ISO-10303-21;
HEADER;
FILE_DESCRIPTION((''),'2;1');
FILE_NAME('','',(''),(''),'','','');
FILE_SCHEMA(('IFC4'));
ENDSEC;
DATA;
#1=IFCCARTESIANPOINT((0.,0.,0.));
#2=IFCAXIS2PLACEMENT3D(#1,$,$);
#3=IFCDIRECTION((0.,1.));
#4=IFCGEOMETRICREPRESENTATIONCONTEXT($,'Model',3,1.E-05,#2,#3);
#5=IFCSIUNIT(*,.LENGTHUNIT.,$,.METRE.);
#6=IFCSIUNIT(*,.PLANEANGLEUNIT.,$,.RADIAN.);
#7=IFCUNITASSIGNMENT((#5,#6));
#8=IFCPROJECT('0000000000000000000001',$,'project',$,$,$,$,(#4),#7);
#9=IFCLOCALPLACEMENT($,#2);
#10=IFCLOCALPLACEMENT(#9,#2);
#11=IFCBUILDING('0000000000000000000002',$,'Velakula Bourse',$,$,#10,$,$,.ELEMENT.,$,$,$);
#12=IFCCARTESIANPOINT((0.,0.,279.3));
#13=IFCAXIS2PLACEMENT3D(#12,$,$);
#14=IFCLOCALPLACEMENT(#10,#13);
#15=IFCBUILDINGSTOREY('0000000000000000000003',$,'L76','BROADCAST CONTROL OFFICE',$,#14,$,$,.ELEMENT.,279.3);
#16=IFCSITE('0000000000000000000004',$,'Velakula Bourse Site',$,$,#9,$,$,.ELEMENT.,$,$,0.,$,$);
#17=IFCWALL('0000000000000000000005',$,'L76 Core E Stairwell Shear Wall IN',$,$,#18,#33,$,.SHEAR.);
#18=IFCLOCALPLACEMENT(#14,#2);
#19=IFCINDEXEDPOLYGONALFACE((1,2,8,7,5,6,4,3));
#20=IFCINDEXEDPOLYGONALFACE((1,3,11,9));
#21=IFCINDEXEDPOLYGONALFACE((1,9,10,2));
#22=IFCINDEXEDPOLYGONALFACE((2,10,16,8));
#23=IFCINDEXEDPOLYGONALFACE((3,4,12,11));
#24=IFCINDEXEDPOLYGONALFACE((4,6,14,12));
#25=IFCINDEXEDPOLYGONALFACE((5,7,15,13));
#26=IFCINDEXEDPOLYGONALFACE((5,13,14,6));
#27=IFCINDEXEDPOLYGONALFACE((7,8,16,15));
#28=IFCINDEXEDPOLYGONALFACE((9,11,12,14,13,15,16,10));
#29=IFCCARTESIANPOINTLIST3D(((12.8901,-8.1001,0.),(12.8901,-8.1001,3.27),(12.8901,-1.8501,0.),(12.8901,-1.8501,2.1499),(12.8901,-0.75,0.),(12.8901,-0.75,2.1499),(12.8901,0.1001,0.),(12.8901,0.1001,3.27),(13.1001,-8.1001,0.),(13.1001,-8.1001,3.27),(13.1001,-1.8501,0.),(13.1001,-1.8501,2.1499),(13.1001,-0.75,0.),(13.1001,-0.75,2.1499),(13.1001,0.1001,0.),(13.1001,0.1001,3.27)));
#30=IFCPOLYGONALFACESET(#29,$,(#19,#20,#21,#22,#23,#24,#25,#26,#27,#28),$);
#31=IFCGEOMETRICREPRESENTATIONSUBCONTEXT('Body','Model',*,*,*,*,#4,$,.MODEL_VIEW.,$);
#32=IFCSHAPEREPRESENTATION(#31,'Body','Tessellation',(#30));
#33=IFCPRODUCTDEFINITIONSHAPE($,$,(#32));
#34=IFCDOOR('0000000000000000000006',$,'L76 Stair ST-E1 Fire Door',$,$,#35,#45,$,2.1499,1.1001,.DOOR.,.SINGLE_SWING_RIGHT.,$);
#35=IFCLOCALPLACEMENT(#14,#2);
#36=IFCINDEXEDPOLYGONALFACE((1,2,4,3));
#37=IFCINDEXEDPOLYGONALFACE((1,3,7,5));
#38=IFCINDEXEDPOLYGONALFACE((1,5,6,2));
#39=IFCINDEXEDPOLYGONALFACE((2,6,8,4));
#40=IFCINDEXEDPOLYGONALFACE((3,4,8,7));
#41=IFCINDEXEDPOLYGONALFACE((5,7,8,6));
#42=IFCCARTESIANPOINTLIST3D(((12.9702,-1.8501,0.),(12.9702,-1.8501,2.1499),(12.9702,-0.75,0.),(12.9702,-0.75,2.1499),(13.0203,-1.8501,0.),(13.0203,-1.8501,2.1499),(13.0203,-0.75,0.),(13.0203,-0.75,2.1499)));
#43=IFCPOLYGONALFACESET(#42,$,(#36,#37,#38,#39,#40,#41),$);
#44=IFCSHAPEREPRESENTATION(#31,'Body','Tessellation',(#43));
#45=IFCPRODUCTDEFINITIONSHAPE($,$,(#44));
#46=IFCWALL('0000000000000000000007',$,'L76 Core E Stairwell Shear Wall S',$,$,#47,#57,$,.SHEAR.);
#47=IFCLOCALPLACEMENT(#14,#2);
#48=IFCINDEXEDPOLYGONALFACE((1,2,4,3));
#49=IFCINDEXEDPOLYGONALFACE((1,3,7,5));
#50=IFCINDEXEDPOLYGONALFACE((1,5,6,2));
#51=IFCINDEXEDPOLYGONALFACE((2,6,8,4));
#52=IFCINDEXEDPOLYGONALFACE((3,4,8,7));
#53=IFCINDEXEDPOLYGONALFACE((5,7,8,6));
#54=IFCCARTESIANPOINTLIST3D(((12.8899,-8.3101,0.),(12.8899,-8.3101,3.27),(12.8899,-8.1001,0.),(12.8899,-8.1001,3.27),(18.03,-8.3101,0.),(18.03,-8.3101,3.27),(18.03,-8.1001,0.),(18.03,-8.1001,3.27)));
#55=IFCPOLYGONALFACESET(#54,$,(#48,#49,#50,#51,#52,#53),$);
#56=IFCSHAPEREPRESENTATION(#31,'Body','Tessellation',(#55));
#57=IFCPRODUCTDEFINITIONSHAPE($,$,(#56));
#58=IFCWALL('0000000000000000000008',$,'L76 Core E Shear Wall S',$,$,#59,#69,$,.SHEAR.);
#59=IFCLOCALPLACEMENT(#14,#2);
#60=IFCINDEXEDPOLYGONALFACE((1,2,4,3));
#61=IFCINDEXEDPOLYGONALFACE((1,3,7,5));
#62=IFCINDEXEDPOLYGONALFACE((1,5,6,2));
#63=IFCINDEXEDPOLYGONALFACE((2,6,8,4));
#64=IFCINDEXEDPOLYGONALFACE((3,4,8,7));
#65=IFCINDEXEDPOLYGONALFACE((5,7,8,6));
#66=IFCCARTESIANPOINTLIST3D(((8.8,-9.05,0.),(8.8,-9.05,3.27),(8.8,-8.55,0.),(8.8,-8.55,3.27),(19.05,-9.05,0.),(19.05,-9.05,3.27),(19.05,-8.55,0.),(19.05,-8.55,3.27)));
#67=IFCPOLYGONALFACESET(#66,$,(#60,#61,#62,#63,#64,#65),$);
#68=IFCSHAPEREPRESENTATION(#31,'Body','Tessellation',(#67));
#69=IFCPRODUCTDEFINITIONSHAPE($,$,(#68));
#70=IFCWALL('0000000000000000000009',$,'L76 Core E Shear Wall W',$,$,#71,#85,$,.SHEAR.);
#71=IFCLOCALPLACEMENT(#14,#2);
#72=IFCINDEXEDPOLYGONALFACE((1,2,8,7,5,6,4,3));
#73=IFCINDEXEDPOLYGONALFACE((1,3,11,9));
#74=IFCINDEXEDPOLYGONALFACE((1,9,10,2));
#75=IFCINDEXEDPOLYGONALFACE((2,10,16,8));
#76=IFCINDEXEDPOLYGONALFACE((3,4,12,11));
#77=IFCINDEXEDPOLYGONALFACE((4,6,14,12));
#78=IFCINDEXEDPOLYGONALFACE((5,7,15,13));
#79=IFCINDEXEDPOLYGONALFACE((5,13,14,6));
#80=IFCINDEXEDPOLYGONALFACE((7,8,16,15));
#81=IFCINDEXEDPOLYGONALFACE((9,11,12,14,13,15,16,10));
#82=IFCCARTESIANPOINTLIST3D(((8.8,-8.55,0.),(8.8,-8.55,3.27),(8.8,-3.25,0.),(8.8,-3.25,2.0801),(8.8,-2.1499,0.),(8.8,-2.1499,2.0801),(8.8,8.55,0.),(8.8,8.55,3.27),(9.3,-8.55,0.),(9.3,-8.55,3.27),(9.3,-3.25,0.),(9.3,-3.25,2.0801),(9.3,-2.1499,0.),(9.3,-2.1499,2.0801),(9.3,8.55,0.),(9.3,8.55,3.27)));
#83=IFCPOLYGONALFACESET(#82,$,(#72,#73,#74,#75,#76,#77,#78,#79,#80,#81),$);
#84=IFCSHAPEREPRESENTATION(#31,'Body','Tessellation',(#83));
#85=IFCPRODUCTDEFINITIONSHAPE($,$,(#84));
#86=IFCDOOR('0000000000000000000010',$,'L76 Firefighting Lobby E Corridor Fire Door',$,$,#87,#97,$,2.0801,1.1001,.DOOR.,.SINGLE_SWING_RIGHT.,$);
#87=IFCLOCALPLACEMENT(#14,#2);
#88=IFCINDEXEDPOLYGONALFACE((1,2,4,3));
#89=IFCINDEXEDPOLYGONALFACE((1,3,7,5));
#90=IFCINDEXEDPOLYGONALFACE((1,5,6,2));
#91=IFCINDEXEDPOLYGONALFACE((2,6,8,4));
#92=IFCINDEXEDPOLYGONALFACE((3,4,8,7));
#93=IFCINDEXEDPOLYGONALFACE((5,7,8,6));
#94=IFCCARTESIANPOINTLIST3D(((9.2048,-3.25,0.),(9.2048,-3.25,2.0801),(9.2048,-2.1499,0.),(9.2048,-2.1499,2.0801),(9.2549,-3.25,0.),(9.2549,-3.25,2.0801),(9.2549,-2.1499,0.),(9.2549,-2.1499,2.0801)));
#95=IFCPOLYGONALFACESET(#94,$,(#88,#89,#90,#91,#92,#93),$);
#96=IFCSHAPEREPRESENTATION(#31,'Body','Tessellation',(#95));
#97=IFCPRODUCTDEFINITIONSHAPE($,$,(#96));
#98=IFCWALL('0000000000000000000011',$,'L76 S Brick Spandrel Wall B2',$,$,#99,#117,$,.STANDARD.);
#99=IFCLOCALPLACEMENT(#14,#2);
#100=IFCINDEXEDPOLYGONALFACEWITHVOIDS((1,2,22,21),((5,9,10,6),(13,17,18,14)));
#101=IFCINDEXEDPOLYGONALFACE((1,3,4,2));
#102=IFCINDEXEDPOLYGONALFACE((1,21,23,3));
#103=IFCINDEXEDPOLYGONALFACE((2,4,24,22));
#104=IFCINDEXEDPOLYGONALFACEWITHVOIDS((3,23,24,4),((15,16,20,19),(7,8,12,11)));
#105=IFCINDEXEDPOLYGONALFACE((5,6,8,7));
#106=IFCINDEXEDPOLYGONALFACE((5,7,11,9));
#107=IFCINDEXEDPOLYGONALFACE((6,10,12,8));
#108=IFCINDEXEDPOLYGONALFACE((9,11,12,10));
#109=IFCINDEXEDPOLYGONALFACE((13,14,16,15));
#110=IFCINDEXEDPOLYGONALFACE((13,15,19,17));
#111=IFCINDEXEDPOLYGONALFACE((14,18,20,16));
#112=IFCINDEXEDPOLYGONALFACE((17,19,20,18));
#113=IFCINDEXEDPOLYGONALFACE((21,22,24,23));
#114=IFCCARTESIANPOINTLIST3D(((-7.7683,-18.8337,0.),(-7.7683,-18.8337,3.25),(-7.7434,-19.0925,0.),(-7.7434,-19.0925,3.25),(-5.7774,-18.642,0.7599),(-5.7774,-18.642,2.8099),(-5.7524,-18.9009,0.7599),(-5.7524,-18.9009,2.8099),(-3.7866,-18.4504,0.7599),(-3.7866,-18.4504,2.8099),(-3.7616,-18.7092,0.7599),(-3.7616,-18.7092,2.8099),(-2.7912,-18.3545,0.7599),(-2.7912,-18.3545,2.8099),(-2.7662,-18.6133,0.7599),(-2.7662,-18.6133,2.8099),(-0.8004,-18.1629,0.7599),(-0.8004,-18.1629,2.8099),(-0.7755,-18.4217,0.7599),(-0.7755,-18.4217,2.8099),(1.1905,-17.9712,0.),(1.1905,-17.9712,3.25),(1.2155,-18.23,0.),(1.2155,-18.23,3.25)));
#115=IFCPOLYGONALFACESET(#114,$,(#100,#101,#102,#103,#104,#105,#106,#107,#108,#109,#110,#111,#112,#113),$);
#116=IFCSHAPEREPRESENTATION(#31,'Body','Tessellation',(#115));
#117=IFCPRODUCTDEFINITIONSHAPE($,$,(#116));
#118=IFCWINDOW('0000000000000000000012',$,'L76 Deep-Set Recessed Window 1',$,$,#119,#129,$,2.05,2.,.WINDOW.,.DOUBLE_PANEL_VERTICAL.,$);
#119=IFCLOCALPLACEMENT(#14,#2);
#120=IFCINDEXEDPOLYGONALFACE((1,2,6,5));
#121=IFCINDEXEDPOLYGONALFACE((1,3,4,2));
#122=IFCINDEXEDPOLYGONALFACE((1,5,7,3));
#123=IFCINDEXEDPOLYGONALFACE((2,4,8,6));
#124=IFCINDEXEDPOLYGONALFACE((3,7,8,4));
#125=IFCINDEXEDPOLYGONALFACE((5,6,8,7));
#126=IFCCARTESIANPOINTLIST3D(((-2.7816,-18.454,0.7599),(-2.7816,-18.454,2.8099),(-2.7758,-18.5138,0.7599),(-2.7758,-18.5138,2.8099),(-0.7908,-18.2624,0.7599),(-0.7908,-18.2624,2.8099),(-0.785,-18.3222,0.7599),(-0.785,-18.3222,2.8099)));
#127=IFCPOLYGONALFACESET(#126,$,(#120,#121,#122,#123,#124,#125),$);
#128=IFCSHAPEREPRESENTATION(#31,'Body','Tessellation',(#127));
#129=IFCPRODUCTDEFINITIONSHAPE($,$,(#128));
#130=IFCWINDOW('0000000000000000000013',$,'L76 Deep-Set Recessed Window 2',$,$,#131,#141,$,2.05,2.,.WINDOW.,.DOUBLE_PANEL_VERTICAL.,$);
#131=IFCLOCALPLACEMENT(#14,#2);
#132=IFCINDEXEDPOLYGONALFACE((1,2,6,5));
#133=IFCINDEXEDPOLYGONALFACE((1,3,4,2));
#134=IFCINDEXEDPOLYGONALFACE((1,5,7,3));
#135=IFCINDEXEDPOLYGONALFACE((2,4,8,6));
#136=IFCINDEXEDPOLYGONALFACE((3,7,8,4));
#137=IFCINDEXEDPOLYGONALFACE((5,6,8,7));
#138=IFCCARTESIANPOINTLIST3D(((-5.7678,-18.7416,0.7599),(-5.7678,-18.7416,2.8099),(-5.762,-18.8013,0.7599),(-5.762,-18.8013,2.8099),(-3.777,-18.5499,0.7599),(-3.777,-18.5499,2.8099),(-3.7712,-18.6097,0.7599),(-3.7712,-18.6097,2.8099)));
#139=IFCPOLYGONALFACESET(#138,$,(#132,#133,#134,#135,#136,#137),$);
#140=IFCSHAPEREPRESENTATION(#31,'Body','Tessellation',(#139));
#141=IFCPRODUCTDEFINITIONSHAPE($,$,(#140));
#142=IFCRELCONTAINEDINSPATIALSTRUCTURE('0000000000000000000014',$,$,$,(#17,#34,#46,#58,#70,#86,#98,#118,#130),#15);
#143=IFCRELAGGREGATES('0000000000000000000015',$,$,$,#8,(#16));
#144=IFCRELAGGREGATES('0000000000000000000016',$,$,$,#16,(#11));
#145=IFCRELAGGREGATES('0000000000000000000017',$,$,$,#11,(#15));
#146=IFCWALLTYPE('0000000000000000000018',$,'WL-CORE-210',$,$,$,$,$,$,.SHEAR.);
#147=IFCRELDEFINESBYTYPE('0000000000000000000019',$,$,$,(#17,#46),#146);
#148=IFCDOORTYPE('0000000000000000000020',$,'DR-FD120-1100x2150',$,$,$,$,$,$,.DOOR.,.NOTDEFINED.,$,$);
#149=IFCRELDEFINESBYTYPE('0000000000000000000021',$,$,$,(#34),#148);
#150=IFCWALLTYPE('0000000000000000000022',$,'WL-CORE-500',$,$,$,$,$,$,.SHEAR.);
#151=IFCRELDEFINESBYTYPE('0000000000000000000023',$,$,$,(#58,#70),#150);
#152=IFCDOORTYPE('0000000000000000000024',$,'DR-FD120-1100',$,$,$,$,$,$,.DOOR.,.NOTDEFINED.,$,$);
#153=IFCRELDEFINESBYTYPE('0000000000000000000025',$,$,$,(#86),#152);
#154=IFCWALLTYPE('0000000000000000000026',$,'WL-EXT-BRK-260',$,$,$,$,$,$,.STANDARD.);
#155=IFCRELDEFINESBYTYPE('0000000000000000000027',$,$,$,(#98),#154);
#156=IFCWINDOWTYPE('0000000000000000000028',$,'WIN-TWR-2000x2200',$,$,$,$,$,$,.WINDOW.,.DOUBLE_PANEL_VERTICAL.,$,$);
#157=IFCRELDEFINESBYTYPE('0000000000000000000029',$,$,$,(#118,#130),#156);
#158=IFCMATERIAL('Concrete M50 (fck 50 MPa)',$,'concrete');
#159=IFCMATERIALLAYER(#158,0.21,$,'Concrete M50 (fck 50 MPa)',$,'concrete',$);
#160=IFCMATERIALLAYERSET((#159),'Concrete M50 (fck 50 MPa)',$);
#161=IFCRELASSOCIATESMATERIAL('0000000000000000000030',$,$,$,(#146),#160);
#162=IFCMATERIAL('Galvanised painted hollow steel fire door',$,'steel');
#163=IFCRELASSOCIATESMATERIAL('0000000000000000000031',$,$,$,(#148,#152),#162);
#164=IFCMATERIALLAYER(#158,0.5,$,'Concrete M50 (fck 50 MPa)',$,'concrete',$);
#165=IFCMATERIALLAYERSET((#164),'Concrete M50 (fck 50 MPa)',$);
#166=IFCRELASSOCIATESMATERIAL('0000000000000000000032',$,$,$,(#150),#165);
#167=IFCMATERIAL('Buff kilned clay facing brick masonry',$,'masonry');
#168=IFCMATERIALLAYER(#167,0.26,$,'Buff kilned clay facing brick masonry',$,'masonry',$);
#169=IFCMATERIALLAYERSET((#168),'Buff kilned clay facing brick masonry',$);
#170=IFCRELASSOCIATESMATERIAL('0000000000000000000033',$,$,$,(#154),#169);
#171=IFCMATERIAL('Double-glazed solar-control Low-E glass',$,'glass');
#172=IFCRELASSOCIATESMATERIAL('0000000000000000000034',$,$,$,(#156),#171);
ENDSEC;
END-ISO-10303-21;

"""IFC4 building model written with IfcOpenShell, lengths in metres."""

from ifc_helpers import new_model, si_unit, direction, frame, frame_2d, origin, place, context, subcontext, project, spatial, rectangle, extrude, material, layer, layer_set, type_object, element, fill, save


model = new_model("IFC4")

# Units and contexts
model_context = context("Model", 3, precision=1e-05, world=origin(), true_north=direction((0.0, 1.0)))
body_context = subcontext(model_context, "Body", "Model", "MODEL_VIEW")
ifc_project = project(units=[si_unit("LENGTHUNIT", "METRE"), si_unit("PLANEANGLEUNIT", "RADIAN")], contexts=[model_context])

# Site, building, storey
site_placement = place(None, origin())
site = spatial("IfcSite", under=ifc_project, at=site_placement, Name="Velakula Bourse Site", CompositionType="ELEMENT", RefElevation=0.0)
building_placement = place(site_placement, origin())
building = spatial("IfcBuilding", under=site, at=building_placement, Name="Velakula Bourse", CompositionType="ELEMENT")
storey_placement = place(building_placement, frame((0.0, 0.0, 279.3)))
storey = spatial("IfcBuildingStorey", under=building, at=storey_placement, Name="L76", Description="BROADCAST CONTROL OFFICE", CompositionType="ELEMENT", Elevation=279.3)

# Shared definitions
ifc_material_1 = material(Name="Concrete M50 (fck 50 MPa)", Category="concrete")

# Wall, opening, door
ifc_layer_1 = layer(ifc_material_1, 0.21, Name="Concrete M50 (fck 50 MPa)", Category="concrete")
ifc_layer_set_1 = layer_set([ifc_layer_1], Name="Concrete M50 (fck 50 MPa)")
wall_type_1 = type_object("IfcWallType", Name="WL-CORE-210", PredefinedType="SHEAR", material=ifc_layer_set_1)
wall_1_placement = place(storey_placement, frame((12.9951, -8.1001, 0.0), z_axis=(0.0, 0.0, 1.0), x_axis=(0.0, 1.0, 0.0)))
wall_1 = element("IfcWall", 1, at=wall_1_placement, inside=storey, type_object=wall_type_1, Name="L76 Core E Stairwell Shear Wall IN", PredefinedType="SHEAR", context=body_context, shape_type="SweptSolid", body=[
    extrude(rectangle(XDim=8.2002, YDim=0.21, at=frame_2d((4.1001, 0.0))), origin(), (0.0, 0.0, 1.0), 3.27),
])
opening_1_placement = place(wall_1_placement, frame((6.25, 0.0, 0.0)))
opening_1 = element("IfcOpeningElement", 2, at=opening_1_placement, cuts=wall_1, PredefinedType="OPENING", context=body_context, shape_type="SweptSolid", body=[
    extrude(rectangle(XDim=1.1001, YDim=2.1499, at=frame_2d((0.55, 1.075))), frame((0.0, 0.115, 0.0), z_axis=(0.0, -1.0, 0.0), x_axis=(1.0, 0.0, 0.0)), (0.0, 0.0, 1.0), 0.23),
])
ifc_material_2 = material(Name="Galvanised painted hollow steel fire door", Category="steel")
door_type_1 = type_object("IfcDoorType", Name="DR-FD120-1100x2150", OperationType="NOTDEFINED", PredefinedType="DOOR", material=ifc_material_2)
door_1_placement = place(opening_1_placement, origin())
door_1 = element("IfcDoor", 3, at=door_1_placement, inside=storey, type_object=door_type_1, Name="L76 Stair ST-E1 Fire Door", OperationType="SINGLE_SWING_RIGHT", OverallHeight=2.1499, OverallWidth=1.1001, PredefinedType="DOOR", context=body_context, shape_type="SweptSolid", body=[
    extrude(rectangle(XDim=1.1001, YDim=2.1499, at=frame_2d((0.55, 1.075))), frame((0.0, 0.0249, 0.0), z_axis=(0.0, -1.0, 0.0), x_axis=(1.0, 0.0, 0.0)), (0.0, 0.0, 1.0), 0.05),
])
fill(opening_1, door_1)

# Walls
wall_2_placement = place(storey_placement, frame((12.8899, -8.2051, 0.0), z_axis=(0.0, 0.0, 1.0), x_axis=(1.0, 0.0, 0.0)))
element("IfcWall", 4, at=wall_2_placement, inside=storey, type_object=wall_type_1, Name="L76 Core E Stairwell Shear Wall S", PredefinedType="SHEAR", context=body_context, shape_type="SweptSolid", body=[
    extrude(rectangle(XDim=5.1401, YDim=0.21, at=frame_2d((2.5701, 0.0))), origin(), (0.0, 0.0, 1.0), 3.27),
])
ifc_layer_2 = layer(ifc_material_1, 0.5, Name="Concrete M50 (fck 50 MPa)", Category="concrete")
ifc_layer_set_2 = layer_set([ifc_layer_2], Name="Concrete M50 (fck 50 MPa)")
wall_type_2 = type_object("IfcWallType", Name="WL-CORE-500", PredefinedType="SHEAR", material=ifc_layer_set_2)
wall_3_placement = place(storey_placement, frame((8.8, -8.8, 0.0), z_axis=(0.0, 0.0, 1.0), x_axis=(1.0, 0.0, 0.0)))
element("IfcWall", 5, at=wall_3_placement, inside=storey, type_object=wall_type_2, Name="L76 Core E Shear Wall S", PredefinedType="SHEAR", context=body_context, shape_type="SweptSolid", body=[
    extrude(rectangle(XDim=10.25, YDim=0.5, at=frame_2d((5.125, 0.0))), origin(), (0.0, 0.0, 1.0), 3.27),
])

# Wall, opening, door
wall_4_placement = place(storey_placement, frame((9.05, -8.55, 0.0), z_axis=(0.0, 0.0, 1.0), x_axis=(0.0, 1.0, 0.0)))
wall_4 = element("IfcWall", 6, at=wall_4_placement, inside=storey, type_object=wall_type_2, Name="L76 Core E Shear Wall W", PredefinedType="SHEAR", context=body_context, shape_type="SweptSolid", body=[
    extrude(rectangle(XDim=17.1001, YDim=0.5, at=frame_2d((8.55, 0.0))), origin(), (0.0, 0.0, 1.0), 3.27),
])
opening_2_placement = place(wall_4_placement, frame((5.3, 0.0, 0.0)))
opening_2 = element("IfcOpeningElement", 7, at=opening_2_placement, cuts=wall_4, PredefinedType="OPENING", context=body_context, shape_type="SweptSolid", body=[
    extrude(rectangle(XDim=1.1001, YDim=2.0801, at=frame_2d((0.55, 1.04))), frame((0.0, 0.26, 0.0), z_axis=(0.0, -1.0, 0.0), x_axis=(1.0, 0.0, 0.0)), (0.0, 0.0, 1.0), 0.52),
])
door_type_2 = type_object("IfcDoorType", Name="DR-FD120-1100", OperationType="NOTDEFINED", PredefinedType="DOOR", material=ifc_material_2)
door_2_placement = place(opening_2_placement, origin())
door_2 = element("IfcDoor", 8, at=door_2_placement, inside=storey, type_object=door_type_2, Name="L76 Firefighting Lobby E Corridor Fire Door", OperationType="SINGLE_SWING_RIGHT", OverallHeight=2.0801, OverallWidth=1.1001, PredefinedType="DOOR", context=body_context, shape_type="SweptSolid", body=[
    extrude(rectangle(XDim=1.1001, YDim=2.0801, at=frame_2d((0.55, 1.04))), frame((0.0, -0.1548, 0.0), z_axis=(0.0, -1.0, 0.0), x_axis=(1.0, 0.0, 0.0)), (0.0, 0.0, 1.0), 0.05),
])
fill(opening_2, door_2)

# Wall, openings, windows
ifc_material_3 = material(Name="Buff kilned clay facing brick masonry", Category="masonry")
ifc_layer_3 = layer(ifc_material_3, 0.26, Name="Buff kilned clay facing brick masonry", Category="masonry")
ifc_layer_set_3 = layer_set([ifc_layer_3], Name="Buff kilned clay facing brick masonry")
wall_type_3 = type_object("IfcWallType", Name="WL-EXT-BRK-260", PredefinedType="STANDARD", material=ifc_layer_set_3)
wall_5_placement = place(storey_placement, frame((1.2029, -18.1006, 0.0), z_axis=(0.0, 0.0, 1.0), x_axis=(-0.995397, -0.095837, 0.0)))
wall_5 = element("IfcWall", 9, at=wall_5_placement, inside=storey, type_object=wall_type_3, Name="L76 S Brick Spandrel Wall B2", PredefinedType="STANDARD", context=body_context, shape_type="SweptSolid", body=[
    extrude(rectangle(XDim=9.0002, YDim=0.26, at=frame_2d((4.5, 0.0))), origin(), (0.0, 0.0, 1.0), 3.25),
])
opening_3_placement = place(wall_5_placement, frame((2.0, 0.0, 0.76)))
opening_3 = element("IfcOpeningElement", 10, at=opening_3_placement, cuts=wall_5, PredefinedType="OPENING", context=body_context, shape_type="SweptSolid", body=[
    extrude(rectangle(XDim=2.0, YDim=2.05, at=frame_2d((1.0, 1.0249))), frame((0.0, 0.1399, 0.0), z_axis=(0.0, -1.0, 0.0), x_axis=(1.0, 0.0, 0.0)), (0.0, 0.0, 1.0), 0.28),
])
opening_4_placement = place(wall_5_placement, frame((5.0, 0.0, 0.76)))
opening_4 = element("IfcOpeningElement", 11, at=opening_4_placement, cuts=wall_5, PredefinedType="OPENING", context=body_context, shape_type="SweptSolid", body=[
    extrude(rectangle(XDim=2.0, YDim=2.05, at=frame_2d((1.0, 1.0249))), frame((0.0, 0.1399, 0.0), z_axis=(0.0, -1.0, 0.0), x_axis=(1.0, 0.0, 0.0)), (0.0, 0.0, 1.0), 0.28),
])
ifc_material_4 = material(Name="Double-glazed solar-control Low-E glass", Category="glass")
window_type = type_object("IfcWindowType", Name="WIN-TWR-2000x2200", PartitioningType="DOUBLE_PANEL_VERTICAL", PredefinedType="WINDOW", material=ifc_material_4)
window_1_placement = place(opening_3_placement, origin())
window_1 = element("IfcWindow", 12, at=window_1_placement, inside=storey, type_object=window_type, Name="L76 Deep-Set Recessed Window 1", OverallHeight=2.05, OverallWidth=2.0, PartitioningType="DOUBLE_PANEL_VERTICAL", PredefinedType="WINDOW", context=body_context, shape_type="SweptSolid", body=[
    extrude(rectangle(XDim=2.0, YDim=2.05, at=frame_2d((1.0, 1.0249))), frame((0.0, 0.03, 0.0), z_axis=(0.0, -1.0, 0.0), x_axis=(1.0, 0.0, 0.0)), (0.0, 0.0, 1.0), 0.0601),
])
fill(opening_3, window_1)
window_2_placement = place(opening_4_placement, origin())
window_2 = element("IfcWindow", 13, at=window_2_placement, inside=storey, type_object=window_type, Name="L76 Deep-Set Recessed Window 2", OverallHeight=2.05, OverallWidth=2.0, PartitioningType="DOUBLE_PANEL_VERTICAL", PredefinedType="WINDOW", context=body_context, shape_type="SweptSolid", body=[
    extrude(rectangle(XDim=2.0, YDim=2.05, at=frame_2d((1.0, 1.0249))), frame((0.0, 0.03, 0.0), z_axis=(0.0, -1.0, 0.0), x_axis=(1.0, 0.0, 0.0)), (0.0, 0.0, 1.0), 0.0601),
])
fill(opening_4, window_2)

save(model, "model.ifc")
